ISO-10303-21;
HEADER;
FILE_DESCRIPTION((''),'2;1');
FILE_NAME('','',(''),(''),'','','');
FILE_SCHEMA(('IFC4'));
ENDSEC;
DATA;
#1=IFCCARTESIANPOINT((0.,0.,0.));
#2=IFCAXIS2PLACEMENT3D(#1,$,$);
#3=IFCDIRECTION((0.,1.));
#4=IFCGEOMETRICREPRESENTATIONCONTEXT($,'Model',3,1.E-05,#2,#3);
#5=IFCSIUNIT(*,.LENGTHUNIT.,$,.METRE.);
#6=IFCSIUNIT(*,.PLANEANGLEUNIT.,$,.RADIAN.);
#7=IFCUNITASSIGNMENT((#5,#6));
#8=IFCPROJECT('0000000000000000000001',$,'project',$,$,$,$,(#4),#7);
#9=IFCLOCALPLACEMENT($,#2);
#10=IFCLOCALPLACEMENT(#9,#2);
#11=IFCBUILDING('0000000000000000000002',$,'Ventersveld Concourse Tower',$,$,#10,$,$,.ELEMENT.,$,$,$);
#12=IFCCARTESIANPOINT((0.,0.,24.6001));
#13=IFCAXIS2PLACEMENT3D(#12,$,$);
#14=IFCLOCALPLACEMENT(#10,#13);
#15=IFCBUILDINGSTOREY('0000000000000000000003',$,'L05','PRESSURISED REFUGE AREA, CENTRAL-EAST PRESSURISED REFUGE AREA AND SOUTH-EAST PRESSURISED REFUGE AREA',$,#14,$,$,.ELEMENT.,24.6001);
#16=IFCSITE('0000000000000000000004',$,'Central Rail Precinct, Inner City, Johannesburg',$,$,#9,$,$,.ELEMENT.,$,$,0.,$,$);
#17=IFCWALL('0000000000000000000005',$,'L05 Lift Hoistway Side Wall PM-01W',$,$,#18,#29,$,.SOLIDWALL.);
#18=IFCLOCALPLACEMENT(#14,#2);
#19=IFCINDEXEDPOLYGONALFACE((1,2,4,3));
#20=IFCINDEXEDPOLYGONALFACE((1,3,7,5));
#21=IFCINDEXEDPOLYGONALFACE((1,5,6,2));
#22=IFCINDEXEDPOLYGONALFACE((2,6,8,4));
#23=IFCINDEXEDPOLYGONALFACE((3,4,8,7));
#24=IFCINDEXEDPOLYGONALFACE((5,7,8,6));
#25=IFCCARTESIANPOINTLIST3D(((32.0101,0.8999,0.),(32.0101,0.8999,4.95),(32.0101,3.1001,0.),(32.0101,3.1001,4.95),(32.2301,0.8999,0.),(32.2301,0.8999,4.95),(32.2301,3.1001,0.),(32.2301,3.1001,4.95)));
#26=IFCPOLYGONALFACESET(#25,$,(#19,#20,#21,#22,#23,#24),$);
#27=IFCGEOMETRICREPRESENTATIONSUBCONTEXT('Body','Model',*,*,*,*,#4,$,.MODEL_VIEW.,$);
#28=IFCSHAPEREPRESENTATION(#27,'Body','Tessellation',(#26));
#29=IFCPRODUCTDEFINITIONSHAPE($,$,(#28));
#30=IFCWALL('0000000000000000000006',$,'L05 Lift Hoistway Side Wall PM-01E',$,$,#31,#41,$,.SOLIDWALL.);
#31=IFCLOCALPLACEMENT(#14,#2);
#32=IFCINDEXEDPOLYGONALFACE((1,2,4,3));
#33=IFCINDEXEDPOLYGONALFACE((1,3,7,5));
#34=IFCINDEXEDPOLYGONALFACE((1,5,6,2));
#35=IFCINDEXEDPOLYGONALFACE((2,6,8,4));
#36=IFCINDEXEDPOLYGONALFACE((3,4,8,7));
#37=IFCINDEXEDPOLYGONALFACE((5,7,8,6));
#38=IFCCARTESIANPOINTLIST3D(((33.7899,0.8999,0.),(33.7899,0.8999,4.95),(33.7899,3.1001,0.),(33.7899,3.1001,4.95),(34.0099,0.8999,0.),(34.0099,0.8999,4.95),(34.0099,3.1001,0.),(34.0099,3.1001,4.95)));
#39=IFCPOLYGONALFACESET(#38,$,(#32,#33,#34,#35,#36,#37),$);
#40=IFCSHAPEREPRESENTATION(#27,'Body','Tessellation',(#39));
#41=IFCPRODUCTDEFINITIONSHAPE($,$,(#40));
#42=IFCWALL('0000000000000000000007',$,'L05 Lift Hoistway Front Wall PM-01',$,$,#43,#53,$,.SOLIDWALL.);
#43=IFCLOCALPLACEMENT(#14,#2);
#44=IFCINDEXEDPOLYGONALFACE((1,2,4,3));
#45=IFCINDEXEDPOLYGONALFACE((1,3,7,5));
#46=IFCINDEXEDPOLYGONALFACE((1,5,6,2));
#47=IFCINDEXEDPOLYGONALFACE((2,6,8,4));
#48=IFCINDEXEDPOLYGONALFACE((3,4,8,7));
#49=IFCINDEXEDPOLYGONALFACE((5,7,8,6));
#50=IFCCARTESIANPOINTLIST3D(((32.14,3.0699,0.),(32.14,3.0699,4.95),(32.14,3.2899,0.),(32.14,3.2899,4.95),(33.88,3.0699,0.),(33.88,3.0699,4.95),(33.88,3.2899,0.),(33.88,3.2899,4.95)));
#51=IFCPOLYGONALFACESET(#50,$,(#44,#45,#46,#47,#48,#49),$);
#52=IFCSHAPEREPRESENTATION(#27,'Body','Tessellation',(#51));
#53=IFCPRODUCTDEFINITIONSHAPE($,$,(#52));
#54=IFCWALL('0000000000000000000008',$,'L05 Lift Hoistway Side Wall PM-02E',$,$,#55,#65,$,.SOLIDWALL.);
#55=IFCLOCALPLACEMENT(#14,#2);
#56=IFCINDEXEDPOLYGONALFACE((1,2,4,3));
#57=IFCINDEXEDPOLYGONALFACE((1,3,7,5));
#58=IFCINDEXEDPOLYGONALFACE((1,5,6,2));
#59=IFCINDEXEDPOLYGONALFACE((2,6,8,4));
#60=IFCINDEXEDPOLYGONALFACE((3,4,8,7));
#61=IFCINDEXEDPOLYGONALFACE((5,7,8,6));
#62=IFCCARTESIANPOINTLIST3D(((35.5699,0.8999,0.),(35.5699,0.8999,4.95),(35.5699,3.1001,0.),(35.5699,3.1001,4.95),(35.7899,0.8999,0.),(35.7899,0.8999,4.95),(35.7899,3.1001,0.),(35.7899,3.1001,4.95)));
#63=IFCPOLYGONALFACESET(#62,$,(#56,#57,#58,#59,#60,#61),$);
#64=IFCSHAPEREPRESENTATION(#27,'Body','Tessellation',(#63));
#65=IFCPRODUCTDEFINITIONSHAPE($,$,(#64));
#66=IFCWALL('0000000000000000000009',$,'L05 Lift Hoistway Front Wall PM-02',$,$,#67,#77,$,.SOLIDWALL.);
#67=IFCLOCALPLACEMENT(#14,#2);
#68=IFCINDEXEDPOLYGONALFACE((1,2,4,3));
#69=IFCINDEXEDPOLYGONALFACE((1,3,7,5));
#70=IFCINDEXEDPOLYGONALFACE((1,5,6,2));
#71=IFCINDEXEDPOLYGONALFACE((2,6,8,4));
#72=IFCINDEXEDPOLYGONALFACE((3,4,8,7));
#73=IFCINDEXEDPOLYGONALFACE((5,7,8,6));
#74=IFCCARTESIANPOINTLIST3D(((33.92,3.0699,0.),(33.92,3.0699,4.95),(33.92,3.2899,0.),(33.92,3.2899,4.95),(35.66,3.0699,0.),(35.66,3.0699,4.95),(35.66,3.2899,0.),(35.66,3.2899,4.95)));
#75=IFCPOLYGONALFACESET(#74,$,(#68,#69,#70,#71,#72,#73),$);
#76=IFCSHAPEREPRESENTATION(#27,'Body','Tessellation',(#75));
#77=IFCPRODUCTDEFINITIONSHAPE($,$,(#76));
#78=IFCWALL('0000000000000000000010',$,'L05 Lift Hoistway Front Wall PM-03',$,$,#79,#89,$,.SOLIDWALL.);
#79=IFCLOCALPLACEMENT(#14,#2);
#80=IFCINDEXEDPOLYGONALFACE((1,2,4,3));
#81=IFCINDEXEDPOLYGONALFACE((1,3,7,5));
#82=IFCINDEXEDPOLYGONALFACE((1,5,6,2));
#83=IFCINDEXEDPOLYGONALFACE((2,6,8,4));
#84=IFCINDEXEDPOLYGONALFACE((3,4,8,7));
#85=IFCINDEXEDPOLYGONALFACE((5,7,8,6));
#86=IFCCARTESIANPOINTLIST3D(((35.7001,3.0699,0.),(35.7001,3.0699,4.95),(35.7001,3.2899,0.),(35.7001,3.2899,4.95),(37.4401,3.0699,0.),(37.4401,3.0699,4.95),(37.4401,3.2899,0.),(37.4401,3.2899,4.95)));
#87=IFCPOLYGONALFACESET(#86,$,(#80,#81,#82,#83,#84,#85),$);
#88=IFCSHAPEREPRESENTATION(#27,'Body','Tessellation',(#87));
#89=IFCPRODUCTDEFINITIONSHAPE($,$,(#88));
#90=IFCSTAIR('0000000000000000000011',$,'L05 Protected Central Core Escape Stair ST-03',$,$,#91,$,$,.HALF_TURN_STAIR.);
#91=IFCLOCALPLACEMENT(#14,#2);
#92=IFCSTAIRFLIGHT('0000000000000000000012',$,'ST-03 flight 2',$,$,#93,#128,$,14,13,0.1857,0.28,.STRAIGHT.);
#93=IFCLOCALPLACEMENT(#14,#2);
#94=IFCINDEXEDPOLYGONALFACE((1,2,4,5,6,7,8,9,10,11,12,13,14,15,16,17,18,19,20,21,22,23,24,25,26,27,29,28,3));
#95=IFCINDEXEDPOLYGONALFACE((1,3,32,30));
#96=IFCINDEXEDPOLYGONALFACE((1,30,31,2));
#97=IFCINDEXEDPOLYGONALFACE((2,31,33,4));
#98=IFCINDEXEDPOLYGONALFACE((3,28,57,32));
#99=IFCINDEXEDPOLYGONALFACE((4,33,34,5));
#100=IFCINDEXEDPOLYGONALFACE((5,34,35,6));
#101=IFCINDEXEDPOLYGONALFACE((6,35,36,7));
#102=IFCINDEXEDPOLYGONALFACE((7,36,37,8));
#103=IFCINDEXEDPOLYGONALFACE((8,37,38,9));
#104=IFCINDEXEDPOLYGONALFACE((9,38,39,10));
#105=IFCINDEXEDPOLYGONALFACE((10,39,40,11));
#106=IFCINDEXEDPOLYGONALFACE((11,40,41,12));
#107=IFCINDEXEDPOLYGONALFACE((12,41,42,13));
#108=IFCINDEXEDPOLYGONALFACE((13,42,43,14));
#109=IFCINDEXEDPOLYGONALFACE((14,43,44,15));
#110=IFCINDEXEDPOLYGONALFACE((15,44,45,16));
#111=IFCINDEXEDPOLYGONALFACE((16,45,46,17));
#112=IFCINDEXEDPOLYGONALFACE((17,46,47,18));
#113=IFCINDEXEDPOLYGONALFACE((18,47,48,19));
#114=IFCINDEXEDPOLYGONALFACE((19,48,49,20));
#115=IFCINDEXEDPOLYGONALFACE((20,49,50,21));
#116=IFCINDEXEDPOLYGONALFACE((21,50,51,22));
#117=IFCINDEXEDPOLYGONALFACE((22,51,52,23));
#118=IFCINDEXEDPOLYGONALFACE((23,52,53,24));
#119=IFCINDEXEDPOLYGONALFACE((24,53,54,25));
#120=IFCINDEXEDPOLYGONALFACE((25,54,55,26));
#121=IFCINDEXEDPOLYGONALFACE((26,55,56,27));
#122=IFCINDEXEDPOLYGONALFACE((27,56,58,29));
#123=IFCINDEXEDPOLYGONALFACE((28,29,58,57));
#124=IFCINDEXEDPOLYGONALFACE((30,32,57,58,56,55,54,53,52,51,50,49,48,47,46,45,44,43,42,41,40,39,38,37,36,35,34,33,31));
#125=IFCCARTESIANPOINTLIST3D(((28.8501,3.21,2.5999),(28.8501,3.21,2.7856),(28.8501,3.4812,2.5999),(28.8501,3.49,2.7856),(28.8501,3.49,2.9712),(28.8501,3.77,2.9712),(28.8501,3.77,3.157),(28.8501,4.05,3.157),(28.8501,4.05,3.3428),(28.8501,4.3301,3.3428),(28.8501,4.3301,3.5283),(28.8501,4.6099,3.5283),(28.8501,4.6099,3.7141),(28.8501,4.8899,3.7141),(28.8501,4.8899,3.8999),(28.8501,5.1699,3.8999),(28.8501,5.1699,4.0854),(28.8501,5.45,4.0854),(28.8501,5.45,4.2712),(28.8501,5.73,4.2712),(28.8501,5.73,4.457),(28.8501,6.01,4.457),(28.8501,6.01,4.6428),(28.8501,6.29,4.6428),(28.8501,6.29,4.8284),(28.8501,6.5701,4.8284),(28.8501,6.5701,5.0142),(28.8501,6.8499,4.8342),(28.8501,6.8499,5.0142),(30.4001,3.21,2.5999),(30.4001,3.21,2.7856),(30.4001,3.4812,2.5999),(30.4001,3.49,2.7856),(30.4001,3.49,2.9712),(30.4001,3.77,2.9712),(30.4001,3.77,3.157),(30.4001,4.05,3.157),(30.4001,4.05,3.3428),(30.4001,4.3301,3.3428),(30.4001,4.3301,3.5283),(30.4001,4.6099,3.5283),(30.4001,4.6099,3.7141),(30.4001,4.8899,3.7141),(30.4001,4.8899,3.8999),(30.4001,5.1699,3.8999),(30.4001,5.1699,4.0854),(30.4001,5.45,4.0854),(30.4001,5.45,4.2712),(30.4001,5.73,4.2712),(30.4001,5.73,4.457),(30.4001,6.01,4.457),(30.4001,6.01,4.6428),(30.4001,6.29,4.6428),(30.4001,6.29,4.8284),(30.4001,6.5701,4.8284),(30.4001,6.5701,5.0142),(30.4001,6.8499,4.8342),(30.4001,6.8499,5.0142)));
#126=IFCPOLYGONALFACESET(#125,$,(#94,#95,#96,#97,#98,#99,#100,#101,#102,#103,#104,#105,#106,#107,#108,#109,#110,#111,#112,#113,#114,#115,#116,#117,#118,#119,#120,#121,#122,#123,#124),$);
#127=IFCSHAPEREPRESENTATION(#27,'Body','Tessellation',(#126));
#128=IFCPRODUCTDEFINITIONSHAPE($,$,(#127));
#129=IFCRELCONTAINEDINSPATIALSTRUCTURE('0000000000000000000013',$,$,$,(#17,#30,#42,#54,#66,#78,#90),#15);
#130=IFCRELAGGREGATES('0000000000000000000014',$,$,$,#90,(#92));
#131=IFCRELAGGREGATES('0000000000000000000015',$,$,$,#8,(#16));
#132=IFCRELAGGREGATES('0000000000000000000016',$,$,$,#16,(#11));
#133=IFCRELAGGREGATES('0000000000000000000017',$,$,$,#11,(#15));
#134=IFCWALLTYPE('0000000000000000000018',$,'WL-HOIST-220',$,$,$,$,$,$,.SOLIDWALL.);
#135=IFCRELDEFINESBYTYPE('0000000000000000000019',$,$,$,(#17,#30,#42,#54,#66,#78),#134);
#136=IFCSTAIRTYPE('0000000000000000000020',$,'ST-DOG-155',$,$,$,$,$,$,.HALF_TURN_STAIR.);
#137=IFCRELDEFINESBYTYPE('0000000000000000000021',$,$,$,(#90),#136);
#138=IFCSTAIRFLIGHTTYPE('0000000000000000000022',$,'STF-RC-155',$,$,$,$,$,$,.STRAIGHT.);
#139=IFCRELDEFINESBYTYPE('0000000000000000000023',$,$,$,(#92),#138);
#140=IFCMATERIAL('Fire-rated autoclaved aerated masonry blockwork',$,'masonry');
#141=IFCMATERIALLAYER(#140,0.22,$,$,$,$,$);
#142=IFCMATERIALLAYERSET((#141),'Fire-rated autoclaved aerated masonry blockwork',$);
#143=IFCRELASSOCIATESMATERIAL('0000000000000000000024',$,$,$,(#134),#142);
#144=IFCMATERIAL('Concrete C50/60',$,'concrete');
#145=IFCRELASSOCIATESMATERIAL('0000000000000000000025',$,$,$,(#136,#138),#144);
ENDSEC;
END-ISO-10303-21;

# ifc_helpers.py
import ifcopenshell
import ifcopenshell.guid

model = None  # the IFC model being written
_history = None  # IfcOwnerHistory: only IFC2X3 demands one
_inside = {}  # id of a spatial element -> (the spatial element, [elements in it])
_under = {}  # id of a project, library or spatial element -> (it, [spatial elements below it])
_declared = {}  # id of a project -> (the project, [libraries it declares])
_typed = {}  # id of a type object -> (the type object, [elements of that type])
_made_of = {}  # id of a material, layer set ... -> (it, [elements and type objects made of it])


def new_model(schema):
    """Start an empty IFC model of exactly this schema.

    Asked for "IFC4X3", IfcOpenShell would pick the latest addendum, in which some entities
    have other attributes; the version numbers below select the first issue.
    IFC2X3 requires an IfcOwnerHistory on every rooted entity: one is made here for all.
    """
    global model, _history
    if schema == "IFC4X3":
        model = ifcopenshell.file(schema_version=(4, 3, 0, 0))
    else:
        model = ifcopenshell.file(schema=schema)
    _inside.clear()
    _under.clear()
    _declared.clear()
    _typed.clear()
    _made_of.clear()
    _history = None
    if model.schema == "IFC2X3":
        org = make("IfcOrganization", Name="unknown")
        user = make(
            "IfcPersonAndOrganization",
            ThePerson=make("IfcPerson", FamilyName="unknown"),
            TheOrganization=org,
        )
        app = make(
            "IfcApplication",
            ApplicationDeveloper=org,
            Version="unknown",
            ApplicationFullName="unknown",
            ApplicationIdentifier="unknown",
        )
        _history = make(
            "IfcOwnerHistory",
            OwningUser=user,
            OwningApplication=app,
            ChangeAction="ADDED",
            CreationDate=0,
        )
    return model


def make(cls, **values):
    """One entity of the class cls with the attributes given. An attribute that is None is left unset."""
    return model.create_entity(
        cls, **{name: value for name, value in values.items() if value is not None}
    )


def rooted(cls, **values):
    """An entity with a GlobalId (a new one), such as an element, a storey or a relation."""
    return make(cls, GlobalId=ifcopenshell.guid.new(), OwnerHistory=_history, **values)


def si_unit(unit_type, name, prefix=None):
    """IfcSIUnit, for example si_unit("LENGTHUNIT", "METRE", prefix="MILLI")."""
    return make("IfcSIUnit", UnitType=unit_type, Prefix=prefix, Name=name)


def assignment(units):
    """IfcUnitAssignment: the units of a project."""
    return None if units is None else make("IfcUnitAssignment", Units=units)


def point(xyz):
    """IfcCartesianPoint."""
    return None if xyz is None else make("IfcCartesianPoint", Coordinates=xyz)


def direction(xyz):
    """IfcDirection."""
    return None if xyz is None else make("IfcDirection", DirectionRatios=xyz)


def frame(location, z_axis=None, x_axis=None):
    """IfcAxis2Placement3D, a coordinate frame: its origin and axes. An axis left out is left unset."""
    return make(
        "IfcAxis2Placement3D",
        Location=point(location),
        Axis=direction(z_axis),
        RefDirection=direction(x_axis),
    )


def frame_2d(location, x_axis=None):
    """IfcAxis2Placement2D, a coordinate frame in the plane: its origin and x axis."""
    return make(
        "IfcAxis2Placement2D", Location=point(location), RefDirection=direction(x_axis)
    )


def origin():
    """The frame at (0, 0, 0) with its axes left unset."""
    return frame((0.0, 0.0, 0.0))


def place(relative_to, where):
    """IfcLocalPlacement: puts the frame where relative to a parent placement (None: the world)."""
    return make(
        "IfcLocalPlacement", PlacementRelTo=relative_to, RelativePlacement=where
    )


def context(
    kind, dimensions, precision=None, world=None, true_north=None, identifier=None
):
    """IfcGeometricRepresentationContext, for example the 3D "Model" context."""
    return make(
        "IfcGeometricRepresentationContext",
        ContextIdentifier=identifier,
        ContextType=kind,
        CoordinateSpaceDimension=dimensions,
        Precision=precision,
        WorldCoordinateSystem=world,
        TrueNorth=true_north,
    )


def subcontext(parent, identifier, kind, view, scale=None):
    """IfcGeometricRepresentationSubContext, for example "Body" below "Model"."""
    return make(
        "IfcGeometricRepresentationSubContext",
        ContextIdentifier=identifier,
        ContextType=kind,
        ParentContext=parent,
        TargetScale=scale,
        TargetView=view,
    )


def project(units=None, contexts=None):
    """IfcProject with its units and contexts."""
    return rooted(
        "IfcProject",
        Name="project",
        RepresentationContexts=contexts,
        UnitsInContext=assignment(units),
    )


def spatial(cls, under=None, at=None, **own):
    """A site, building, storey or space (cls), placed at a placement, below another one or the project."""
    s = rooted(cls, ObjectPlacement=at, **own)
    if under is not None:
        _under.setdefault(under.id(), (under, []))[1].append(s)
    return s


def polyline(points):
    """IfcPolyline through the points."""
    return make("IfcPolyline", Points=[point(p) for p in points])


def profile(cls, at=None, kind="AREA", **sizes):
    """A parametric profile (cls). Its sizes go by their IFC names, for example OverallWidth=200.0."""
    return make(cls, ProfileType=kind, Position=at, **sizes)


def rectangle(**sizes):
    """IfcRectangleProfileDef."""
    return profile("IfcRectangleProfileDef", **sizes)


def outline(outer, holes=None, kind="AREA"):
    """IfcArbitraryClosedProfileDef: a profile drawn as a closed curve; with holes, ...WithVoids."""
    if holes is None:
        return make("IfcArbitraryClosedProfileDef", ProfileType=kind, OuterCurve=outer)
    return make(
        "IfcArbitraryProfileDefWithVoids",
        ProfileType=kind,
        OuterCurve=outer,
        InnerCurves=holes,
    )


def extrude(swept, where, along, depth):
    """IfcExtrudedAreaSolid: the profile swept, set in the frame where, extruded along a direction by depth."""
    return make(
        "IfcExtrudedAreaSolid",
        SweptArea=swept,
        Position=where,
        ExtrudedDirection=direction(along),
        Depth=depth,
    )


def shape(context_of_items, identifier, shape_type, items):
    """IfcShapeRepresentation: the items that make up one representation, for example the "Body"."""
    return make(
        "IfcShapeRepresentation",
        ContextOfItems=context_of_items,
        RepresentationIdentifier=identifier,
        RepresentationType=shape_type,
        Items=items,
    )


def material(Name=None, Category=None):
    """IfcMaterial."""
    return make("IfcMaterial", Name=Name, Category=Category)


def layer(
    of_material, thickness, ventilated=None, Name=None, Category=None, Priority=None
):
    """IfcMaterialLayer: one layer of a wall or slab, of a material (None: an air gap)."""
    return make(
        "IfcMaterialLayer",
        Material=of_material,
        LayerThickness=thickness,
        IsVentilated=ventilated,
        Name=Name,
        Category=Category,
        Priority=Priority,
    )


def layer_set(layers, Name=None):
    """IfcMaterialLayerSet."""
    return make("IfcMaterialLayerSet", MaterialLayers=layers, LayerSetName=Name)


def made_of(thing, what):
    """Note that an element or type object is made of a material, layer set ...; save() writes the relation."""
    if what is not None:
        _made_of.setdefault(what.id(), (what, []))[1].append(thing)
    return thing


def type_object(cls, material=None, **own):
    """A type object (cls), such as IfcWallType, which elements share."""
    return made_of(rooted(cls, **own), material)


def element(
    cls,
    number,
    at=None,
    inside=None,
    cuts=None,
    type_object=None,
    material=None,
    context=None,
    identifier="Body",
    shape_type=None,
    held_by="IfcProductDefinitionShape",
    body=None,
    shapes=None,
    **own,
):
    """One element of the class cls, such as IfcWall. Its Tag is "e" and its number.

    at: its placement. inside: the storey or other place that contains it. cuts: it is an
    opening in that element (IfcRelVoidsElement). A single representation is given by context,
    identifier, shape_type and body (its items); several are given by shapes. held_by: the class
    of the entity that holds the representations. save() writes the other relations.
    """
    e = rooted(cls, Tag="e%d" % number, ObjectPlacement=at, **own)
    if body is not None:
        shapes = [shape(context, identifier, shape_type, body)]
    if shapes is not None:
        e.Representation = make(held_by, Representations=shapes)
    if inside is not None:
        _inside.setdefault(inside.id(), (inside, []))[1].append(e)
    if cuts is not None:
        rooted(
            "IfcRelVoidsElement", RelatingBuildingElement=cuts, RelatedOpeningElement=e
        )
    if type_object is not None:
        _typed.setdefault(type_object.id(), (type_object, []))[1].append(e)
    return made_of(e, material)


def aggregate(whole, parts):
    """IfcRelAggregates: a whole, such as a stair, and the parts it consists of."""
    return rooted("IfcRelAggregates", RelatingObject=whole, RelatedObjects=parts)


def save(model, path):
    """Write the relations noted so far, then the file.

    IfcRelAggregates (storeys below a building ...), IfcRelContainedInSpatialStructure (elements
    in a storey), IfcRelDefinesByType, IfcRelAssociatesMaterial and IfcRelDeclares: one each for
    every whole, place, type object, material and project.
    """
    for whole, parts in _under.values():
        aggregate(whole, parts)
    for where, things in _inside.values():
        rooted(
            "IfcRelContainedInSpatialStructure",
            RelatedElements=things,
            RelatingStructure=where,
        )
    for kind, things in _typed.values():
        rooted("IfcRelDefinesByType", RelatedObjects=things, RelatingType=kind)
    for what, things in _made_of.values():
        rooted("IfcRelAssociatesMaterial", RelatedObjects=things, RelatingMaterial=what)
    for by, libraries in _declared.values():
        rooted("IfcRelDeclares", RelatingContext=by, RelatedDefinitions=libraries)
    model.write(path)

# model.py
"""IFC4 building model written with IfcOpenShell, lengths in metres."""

from ifc_helpers import new_model, si_unit, direction, frame, frame_2d, origin, place, context, subcontext, project, spatial, polyline, rectangle, outline, extrude, material, layer, layer_set, type_object, element, aggregate, save


model = new_model("IFC4")

# Units and contexts
model_context = context("Model", 3, precision=1e-05, world=origin(), true_north=direction((0.0, 1.0)))
body_context = subcontext(model_context, "Body", "Model", "MODEL_VIEW")
ifc_project = project(units=[si_unit("LENGTHUNIT", "METRE"), si_unit("PLANEANGLEUNIT", "RADIAN")], contexts=[model_context])

# Site, building, storey
site_placement = place(None, origin())
site = spatial("IfcSite", under=ifc_project, at=site_placement, Name="Central Rail Precinct, Inner City, Johannesburg", CompositionType="ELEMENT", RefElevation=0.0)
building_placement = place(site_placement, origin())
building = spatial("IfcBuilding", under=site, at=building_placement, Name="Ventersveld Concourse Tower", CompositionType="ELEMENT")
storey_placement = place(building_placement, frame((0.0, 0.0, 24.6001)))
storey = spatial("IfcBuildingStorey", under=building, at=storey_placement, Name="L05", Description="PRESSURISED REFUGE AREA, CENTRAL-EAST PRESSURISED REFUGE AREA AND SOUTH-EAST PRESSURISED REFUGE AREA", CompositionType="ELEMENT", Elevation=24.6001)

# Shared definitions
ifc_material_1 = material(Name="Concrete C50/60", Category="concrete")

# Shared definitions
ifc_material_2 = material(Name="Fire-rated autoclaved aerated masonry blockwork", Category="masonry")

# Walls
ifc_layer_1 = layer(ifc_material_2, 0.22)
ifc_layer_set_1 = layer_set([ifc_layer_1], Name="Fire-rated autoclaved aerated masonry blockwork")
wall_type_1 = type_object("IfcWallType", Name="WL-HOIST-220", PredefinedType="SOLIDWALL", material=ifc_layer_set_1)
for number, where, z_axis, x_axis, name in (
    (1, (32.1201, 0.8999, 0.0), (0.0, 0.0, 1.0), (0.0, 1.0, 0.0), "L05 Lift Hoistway Side Wall PM-01W"),
    (2, (33.8999, 0.8999, 0.0), (0.0, 0.0, 1.0), (0.0, 1.0, 0.0), "L05 Lift Hoistway Side Wall PM-01E"),
):
    element("IfcWall", number, at=place(storey_placement, frame(where, z_axis=z_axis, x_axis=x_axis)), inside=storey, type_object=wall_type_1, Name=name, PredefinedType="SOLIDWALL", context=body_context, shape_type="SweptSolid", body=[
        extrude(rectangle(XDim=2.2002, YDim=0.22, at=frame_2d((1.1001, 0.0))), origin(), (0.0, 0.0, 1.0), 4.95),
    ])
wall_1_placement = place(storey_placement, frame((32.1399, 3.1799, 0.0), z_axis=(0.0, 0.0, 1.0), x_axis=(1.0, 0.0, 0.0)))
element("IfcWall", 3, at=wall_1_placement, inside=storey, type_object=wall_type_1, Name="L05 Lift Hoistway Front Wall PM-01", PredefinedType="SOLIDWALL", context=body_context, shape_type="SweptSolid", body=[
    extrude(rectangle(XDim=1.74, YDim=0.22, at=frame_2d((0.8701, 0.0))), origin(), (0.0, 0.0, 1.0), 4.95),
])
wall_2_placement = place(storey_placement, frame((35.6799, 0.8999, 0.0), z_axis=(0.0, 0.0, 1.0), x_axis=(0.0, 1.0, 0.0)))
element("IfcWall", 4, at=wall_2_placement, inside=storey, type_object=wall_type_1, Name="L05 Lift Hoistway Side Wall PM-02E", PredefinedType="SOLIDWALL", context=body_context, shape_type="SweptSolid", body=[
    extrude(rectangle(XDim=2.2002, YDim=0.22, at=frame_2d((1.1001, 0.0))), origin(), (0.0, 0.0, 1.0), 4.95),
])
for number, where, z_axis, x_axis, name in (
    (5, (33.9199, 3.1799, 0.0), (0.0, 0.0, 1.0), (1.0, 0.0, 0.0), "L05 Lift Hoistway Front Wall PM-02"),
    (6, (35.7, 3.1799, 0.0), (0.0, 0.0, 1.0), (1.0, 0.0, 0.0), "L05 Lift Hoistway Front Wall PM-03"),
):
    element("IfcWall", number, at=place(storey_placement, frame(where, z_axis=z_axis, x_axis=x_axis)), inside=storey, type_object=wall_type_1, Name=name, PredefinedType="SOLIDWALL", context=body_context, shape_type="SweptSolid", body=[
        extrude(rectangle(XDim=1.74, YDim=0.22, at=frame_2d((0.8701, 0.0))), origin(), (0.0, 0.0, 1.0), 4.95),
    ])

# Stair, stair flight
stair_type = type_object("IfcStairType", Name="ST-DOG-155", PredefinedType="HALF_TURN_STAIR", material=ifc_material_1)
stair_placement = place(storey_placement, origin())
stair = element("IfcStair", 7, at=stair_placement, inside=storey, type_object=stair_type, Name="L05 Protected Central Core Escape Stair ST-03", PredefinedType="HALF_TURN_STAIR")
stair_flight_type = type_object("IfcStairFlightType", Name="STF-RC-155", PredefinedType="STRAIGHT", material=ifc_material_1)
stair_flight_placement = place(storey_placement, frame((29.625, 3.21, 2.5999), z_axis=(0.0, 0.0, 1.0), x_axis=(0.0, 1.0, 0.0)))
stair_flight = element("IfcStairFlight", 8, at=stair_flight_placement, type_object=stair_flight_type, Name="ST-03 flight 2", NumberOfRisers=14, NumberOfTreads=13, PredefinedType="STRAIGHT", RiserHeight=0.1857, TreadLength=0.28, context=body_context, shape_type="SweptSolid", body=[
    extrude(outline(polyline([(0.0, 0.0), (0.0, 0.1858), (0.28, 0.1858), (0.28, 0.3713), (0.5601, 0.3713), (0.5601, 0.5571), (0.8401, 0.5571), (0.8401, 0.7429), (1.1201, 0.7429), (1.1201, 0.9285), (1.3999, 0.9285), (1.3999, 1.1143), (1.6799, 1.1143), (1.6799, 1.3), (1.96, 1.3), (1.96, 1.4856), (2.24, 1.4856), (2.24, 1.6714), (2.52, 1.6714), (2.52, 1.8572), (2.8, 1.8572), (2.8, 2.043), (3.0801, 2.043), (3.0801, 2.2285), (3.3601, 2.2285), (3.3601, 2.4143), (3.6399, 2.4143), (3.6399, 2.6001), (3.6399, 2.2344), (0.2712, 0.0), (0.0, 0.0)])), frame((0.0, 0.7749, 0.0), z_axis=(0.0, -1.0, 0.0), x_axis=(1.0, 0.0, 0.0)), (0.0, 0.0, 1.0), 1.55),
])
aggregate(stair, [stair_flight])

save(model, "model.ifc")
